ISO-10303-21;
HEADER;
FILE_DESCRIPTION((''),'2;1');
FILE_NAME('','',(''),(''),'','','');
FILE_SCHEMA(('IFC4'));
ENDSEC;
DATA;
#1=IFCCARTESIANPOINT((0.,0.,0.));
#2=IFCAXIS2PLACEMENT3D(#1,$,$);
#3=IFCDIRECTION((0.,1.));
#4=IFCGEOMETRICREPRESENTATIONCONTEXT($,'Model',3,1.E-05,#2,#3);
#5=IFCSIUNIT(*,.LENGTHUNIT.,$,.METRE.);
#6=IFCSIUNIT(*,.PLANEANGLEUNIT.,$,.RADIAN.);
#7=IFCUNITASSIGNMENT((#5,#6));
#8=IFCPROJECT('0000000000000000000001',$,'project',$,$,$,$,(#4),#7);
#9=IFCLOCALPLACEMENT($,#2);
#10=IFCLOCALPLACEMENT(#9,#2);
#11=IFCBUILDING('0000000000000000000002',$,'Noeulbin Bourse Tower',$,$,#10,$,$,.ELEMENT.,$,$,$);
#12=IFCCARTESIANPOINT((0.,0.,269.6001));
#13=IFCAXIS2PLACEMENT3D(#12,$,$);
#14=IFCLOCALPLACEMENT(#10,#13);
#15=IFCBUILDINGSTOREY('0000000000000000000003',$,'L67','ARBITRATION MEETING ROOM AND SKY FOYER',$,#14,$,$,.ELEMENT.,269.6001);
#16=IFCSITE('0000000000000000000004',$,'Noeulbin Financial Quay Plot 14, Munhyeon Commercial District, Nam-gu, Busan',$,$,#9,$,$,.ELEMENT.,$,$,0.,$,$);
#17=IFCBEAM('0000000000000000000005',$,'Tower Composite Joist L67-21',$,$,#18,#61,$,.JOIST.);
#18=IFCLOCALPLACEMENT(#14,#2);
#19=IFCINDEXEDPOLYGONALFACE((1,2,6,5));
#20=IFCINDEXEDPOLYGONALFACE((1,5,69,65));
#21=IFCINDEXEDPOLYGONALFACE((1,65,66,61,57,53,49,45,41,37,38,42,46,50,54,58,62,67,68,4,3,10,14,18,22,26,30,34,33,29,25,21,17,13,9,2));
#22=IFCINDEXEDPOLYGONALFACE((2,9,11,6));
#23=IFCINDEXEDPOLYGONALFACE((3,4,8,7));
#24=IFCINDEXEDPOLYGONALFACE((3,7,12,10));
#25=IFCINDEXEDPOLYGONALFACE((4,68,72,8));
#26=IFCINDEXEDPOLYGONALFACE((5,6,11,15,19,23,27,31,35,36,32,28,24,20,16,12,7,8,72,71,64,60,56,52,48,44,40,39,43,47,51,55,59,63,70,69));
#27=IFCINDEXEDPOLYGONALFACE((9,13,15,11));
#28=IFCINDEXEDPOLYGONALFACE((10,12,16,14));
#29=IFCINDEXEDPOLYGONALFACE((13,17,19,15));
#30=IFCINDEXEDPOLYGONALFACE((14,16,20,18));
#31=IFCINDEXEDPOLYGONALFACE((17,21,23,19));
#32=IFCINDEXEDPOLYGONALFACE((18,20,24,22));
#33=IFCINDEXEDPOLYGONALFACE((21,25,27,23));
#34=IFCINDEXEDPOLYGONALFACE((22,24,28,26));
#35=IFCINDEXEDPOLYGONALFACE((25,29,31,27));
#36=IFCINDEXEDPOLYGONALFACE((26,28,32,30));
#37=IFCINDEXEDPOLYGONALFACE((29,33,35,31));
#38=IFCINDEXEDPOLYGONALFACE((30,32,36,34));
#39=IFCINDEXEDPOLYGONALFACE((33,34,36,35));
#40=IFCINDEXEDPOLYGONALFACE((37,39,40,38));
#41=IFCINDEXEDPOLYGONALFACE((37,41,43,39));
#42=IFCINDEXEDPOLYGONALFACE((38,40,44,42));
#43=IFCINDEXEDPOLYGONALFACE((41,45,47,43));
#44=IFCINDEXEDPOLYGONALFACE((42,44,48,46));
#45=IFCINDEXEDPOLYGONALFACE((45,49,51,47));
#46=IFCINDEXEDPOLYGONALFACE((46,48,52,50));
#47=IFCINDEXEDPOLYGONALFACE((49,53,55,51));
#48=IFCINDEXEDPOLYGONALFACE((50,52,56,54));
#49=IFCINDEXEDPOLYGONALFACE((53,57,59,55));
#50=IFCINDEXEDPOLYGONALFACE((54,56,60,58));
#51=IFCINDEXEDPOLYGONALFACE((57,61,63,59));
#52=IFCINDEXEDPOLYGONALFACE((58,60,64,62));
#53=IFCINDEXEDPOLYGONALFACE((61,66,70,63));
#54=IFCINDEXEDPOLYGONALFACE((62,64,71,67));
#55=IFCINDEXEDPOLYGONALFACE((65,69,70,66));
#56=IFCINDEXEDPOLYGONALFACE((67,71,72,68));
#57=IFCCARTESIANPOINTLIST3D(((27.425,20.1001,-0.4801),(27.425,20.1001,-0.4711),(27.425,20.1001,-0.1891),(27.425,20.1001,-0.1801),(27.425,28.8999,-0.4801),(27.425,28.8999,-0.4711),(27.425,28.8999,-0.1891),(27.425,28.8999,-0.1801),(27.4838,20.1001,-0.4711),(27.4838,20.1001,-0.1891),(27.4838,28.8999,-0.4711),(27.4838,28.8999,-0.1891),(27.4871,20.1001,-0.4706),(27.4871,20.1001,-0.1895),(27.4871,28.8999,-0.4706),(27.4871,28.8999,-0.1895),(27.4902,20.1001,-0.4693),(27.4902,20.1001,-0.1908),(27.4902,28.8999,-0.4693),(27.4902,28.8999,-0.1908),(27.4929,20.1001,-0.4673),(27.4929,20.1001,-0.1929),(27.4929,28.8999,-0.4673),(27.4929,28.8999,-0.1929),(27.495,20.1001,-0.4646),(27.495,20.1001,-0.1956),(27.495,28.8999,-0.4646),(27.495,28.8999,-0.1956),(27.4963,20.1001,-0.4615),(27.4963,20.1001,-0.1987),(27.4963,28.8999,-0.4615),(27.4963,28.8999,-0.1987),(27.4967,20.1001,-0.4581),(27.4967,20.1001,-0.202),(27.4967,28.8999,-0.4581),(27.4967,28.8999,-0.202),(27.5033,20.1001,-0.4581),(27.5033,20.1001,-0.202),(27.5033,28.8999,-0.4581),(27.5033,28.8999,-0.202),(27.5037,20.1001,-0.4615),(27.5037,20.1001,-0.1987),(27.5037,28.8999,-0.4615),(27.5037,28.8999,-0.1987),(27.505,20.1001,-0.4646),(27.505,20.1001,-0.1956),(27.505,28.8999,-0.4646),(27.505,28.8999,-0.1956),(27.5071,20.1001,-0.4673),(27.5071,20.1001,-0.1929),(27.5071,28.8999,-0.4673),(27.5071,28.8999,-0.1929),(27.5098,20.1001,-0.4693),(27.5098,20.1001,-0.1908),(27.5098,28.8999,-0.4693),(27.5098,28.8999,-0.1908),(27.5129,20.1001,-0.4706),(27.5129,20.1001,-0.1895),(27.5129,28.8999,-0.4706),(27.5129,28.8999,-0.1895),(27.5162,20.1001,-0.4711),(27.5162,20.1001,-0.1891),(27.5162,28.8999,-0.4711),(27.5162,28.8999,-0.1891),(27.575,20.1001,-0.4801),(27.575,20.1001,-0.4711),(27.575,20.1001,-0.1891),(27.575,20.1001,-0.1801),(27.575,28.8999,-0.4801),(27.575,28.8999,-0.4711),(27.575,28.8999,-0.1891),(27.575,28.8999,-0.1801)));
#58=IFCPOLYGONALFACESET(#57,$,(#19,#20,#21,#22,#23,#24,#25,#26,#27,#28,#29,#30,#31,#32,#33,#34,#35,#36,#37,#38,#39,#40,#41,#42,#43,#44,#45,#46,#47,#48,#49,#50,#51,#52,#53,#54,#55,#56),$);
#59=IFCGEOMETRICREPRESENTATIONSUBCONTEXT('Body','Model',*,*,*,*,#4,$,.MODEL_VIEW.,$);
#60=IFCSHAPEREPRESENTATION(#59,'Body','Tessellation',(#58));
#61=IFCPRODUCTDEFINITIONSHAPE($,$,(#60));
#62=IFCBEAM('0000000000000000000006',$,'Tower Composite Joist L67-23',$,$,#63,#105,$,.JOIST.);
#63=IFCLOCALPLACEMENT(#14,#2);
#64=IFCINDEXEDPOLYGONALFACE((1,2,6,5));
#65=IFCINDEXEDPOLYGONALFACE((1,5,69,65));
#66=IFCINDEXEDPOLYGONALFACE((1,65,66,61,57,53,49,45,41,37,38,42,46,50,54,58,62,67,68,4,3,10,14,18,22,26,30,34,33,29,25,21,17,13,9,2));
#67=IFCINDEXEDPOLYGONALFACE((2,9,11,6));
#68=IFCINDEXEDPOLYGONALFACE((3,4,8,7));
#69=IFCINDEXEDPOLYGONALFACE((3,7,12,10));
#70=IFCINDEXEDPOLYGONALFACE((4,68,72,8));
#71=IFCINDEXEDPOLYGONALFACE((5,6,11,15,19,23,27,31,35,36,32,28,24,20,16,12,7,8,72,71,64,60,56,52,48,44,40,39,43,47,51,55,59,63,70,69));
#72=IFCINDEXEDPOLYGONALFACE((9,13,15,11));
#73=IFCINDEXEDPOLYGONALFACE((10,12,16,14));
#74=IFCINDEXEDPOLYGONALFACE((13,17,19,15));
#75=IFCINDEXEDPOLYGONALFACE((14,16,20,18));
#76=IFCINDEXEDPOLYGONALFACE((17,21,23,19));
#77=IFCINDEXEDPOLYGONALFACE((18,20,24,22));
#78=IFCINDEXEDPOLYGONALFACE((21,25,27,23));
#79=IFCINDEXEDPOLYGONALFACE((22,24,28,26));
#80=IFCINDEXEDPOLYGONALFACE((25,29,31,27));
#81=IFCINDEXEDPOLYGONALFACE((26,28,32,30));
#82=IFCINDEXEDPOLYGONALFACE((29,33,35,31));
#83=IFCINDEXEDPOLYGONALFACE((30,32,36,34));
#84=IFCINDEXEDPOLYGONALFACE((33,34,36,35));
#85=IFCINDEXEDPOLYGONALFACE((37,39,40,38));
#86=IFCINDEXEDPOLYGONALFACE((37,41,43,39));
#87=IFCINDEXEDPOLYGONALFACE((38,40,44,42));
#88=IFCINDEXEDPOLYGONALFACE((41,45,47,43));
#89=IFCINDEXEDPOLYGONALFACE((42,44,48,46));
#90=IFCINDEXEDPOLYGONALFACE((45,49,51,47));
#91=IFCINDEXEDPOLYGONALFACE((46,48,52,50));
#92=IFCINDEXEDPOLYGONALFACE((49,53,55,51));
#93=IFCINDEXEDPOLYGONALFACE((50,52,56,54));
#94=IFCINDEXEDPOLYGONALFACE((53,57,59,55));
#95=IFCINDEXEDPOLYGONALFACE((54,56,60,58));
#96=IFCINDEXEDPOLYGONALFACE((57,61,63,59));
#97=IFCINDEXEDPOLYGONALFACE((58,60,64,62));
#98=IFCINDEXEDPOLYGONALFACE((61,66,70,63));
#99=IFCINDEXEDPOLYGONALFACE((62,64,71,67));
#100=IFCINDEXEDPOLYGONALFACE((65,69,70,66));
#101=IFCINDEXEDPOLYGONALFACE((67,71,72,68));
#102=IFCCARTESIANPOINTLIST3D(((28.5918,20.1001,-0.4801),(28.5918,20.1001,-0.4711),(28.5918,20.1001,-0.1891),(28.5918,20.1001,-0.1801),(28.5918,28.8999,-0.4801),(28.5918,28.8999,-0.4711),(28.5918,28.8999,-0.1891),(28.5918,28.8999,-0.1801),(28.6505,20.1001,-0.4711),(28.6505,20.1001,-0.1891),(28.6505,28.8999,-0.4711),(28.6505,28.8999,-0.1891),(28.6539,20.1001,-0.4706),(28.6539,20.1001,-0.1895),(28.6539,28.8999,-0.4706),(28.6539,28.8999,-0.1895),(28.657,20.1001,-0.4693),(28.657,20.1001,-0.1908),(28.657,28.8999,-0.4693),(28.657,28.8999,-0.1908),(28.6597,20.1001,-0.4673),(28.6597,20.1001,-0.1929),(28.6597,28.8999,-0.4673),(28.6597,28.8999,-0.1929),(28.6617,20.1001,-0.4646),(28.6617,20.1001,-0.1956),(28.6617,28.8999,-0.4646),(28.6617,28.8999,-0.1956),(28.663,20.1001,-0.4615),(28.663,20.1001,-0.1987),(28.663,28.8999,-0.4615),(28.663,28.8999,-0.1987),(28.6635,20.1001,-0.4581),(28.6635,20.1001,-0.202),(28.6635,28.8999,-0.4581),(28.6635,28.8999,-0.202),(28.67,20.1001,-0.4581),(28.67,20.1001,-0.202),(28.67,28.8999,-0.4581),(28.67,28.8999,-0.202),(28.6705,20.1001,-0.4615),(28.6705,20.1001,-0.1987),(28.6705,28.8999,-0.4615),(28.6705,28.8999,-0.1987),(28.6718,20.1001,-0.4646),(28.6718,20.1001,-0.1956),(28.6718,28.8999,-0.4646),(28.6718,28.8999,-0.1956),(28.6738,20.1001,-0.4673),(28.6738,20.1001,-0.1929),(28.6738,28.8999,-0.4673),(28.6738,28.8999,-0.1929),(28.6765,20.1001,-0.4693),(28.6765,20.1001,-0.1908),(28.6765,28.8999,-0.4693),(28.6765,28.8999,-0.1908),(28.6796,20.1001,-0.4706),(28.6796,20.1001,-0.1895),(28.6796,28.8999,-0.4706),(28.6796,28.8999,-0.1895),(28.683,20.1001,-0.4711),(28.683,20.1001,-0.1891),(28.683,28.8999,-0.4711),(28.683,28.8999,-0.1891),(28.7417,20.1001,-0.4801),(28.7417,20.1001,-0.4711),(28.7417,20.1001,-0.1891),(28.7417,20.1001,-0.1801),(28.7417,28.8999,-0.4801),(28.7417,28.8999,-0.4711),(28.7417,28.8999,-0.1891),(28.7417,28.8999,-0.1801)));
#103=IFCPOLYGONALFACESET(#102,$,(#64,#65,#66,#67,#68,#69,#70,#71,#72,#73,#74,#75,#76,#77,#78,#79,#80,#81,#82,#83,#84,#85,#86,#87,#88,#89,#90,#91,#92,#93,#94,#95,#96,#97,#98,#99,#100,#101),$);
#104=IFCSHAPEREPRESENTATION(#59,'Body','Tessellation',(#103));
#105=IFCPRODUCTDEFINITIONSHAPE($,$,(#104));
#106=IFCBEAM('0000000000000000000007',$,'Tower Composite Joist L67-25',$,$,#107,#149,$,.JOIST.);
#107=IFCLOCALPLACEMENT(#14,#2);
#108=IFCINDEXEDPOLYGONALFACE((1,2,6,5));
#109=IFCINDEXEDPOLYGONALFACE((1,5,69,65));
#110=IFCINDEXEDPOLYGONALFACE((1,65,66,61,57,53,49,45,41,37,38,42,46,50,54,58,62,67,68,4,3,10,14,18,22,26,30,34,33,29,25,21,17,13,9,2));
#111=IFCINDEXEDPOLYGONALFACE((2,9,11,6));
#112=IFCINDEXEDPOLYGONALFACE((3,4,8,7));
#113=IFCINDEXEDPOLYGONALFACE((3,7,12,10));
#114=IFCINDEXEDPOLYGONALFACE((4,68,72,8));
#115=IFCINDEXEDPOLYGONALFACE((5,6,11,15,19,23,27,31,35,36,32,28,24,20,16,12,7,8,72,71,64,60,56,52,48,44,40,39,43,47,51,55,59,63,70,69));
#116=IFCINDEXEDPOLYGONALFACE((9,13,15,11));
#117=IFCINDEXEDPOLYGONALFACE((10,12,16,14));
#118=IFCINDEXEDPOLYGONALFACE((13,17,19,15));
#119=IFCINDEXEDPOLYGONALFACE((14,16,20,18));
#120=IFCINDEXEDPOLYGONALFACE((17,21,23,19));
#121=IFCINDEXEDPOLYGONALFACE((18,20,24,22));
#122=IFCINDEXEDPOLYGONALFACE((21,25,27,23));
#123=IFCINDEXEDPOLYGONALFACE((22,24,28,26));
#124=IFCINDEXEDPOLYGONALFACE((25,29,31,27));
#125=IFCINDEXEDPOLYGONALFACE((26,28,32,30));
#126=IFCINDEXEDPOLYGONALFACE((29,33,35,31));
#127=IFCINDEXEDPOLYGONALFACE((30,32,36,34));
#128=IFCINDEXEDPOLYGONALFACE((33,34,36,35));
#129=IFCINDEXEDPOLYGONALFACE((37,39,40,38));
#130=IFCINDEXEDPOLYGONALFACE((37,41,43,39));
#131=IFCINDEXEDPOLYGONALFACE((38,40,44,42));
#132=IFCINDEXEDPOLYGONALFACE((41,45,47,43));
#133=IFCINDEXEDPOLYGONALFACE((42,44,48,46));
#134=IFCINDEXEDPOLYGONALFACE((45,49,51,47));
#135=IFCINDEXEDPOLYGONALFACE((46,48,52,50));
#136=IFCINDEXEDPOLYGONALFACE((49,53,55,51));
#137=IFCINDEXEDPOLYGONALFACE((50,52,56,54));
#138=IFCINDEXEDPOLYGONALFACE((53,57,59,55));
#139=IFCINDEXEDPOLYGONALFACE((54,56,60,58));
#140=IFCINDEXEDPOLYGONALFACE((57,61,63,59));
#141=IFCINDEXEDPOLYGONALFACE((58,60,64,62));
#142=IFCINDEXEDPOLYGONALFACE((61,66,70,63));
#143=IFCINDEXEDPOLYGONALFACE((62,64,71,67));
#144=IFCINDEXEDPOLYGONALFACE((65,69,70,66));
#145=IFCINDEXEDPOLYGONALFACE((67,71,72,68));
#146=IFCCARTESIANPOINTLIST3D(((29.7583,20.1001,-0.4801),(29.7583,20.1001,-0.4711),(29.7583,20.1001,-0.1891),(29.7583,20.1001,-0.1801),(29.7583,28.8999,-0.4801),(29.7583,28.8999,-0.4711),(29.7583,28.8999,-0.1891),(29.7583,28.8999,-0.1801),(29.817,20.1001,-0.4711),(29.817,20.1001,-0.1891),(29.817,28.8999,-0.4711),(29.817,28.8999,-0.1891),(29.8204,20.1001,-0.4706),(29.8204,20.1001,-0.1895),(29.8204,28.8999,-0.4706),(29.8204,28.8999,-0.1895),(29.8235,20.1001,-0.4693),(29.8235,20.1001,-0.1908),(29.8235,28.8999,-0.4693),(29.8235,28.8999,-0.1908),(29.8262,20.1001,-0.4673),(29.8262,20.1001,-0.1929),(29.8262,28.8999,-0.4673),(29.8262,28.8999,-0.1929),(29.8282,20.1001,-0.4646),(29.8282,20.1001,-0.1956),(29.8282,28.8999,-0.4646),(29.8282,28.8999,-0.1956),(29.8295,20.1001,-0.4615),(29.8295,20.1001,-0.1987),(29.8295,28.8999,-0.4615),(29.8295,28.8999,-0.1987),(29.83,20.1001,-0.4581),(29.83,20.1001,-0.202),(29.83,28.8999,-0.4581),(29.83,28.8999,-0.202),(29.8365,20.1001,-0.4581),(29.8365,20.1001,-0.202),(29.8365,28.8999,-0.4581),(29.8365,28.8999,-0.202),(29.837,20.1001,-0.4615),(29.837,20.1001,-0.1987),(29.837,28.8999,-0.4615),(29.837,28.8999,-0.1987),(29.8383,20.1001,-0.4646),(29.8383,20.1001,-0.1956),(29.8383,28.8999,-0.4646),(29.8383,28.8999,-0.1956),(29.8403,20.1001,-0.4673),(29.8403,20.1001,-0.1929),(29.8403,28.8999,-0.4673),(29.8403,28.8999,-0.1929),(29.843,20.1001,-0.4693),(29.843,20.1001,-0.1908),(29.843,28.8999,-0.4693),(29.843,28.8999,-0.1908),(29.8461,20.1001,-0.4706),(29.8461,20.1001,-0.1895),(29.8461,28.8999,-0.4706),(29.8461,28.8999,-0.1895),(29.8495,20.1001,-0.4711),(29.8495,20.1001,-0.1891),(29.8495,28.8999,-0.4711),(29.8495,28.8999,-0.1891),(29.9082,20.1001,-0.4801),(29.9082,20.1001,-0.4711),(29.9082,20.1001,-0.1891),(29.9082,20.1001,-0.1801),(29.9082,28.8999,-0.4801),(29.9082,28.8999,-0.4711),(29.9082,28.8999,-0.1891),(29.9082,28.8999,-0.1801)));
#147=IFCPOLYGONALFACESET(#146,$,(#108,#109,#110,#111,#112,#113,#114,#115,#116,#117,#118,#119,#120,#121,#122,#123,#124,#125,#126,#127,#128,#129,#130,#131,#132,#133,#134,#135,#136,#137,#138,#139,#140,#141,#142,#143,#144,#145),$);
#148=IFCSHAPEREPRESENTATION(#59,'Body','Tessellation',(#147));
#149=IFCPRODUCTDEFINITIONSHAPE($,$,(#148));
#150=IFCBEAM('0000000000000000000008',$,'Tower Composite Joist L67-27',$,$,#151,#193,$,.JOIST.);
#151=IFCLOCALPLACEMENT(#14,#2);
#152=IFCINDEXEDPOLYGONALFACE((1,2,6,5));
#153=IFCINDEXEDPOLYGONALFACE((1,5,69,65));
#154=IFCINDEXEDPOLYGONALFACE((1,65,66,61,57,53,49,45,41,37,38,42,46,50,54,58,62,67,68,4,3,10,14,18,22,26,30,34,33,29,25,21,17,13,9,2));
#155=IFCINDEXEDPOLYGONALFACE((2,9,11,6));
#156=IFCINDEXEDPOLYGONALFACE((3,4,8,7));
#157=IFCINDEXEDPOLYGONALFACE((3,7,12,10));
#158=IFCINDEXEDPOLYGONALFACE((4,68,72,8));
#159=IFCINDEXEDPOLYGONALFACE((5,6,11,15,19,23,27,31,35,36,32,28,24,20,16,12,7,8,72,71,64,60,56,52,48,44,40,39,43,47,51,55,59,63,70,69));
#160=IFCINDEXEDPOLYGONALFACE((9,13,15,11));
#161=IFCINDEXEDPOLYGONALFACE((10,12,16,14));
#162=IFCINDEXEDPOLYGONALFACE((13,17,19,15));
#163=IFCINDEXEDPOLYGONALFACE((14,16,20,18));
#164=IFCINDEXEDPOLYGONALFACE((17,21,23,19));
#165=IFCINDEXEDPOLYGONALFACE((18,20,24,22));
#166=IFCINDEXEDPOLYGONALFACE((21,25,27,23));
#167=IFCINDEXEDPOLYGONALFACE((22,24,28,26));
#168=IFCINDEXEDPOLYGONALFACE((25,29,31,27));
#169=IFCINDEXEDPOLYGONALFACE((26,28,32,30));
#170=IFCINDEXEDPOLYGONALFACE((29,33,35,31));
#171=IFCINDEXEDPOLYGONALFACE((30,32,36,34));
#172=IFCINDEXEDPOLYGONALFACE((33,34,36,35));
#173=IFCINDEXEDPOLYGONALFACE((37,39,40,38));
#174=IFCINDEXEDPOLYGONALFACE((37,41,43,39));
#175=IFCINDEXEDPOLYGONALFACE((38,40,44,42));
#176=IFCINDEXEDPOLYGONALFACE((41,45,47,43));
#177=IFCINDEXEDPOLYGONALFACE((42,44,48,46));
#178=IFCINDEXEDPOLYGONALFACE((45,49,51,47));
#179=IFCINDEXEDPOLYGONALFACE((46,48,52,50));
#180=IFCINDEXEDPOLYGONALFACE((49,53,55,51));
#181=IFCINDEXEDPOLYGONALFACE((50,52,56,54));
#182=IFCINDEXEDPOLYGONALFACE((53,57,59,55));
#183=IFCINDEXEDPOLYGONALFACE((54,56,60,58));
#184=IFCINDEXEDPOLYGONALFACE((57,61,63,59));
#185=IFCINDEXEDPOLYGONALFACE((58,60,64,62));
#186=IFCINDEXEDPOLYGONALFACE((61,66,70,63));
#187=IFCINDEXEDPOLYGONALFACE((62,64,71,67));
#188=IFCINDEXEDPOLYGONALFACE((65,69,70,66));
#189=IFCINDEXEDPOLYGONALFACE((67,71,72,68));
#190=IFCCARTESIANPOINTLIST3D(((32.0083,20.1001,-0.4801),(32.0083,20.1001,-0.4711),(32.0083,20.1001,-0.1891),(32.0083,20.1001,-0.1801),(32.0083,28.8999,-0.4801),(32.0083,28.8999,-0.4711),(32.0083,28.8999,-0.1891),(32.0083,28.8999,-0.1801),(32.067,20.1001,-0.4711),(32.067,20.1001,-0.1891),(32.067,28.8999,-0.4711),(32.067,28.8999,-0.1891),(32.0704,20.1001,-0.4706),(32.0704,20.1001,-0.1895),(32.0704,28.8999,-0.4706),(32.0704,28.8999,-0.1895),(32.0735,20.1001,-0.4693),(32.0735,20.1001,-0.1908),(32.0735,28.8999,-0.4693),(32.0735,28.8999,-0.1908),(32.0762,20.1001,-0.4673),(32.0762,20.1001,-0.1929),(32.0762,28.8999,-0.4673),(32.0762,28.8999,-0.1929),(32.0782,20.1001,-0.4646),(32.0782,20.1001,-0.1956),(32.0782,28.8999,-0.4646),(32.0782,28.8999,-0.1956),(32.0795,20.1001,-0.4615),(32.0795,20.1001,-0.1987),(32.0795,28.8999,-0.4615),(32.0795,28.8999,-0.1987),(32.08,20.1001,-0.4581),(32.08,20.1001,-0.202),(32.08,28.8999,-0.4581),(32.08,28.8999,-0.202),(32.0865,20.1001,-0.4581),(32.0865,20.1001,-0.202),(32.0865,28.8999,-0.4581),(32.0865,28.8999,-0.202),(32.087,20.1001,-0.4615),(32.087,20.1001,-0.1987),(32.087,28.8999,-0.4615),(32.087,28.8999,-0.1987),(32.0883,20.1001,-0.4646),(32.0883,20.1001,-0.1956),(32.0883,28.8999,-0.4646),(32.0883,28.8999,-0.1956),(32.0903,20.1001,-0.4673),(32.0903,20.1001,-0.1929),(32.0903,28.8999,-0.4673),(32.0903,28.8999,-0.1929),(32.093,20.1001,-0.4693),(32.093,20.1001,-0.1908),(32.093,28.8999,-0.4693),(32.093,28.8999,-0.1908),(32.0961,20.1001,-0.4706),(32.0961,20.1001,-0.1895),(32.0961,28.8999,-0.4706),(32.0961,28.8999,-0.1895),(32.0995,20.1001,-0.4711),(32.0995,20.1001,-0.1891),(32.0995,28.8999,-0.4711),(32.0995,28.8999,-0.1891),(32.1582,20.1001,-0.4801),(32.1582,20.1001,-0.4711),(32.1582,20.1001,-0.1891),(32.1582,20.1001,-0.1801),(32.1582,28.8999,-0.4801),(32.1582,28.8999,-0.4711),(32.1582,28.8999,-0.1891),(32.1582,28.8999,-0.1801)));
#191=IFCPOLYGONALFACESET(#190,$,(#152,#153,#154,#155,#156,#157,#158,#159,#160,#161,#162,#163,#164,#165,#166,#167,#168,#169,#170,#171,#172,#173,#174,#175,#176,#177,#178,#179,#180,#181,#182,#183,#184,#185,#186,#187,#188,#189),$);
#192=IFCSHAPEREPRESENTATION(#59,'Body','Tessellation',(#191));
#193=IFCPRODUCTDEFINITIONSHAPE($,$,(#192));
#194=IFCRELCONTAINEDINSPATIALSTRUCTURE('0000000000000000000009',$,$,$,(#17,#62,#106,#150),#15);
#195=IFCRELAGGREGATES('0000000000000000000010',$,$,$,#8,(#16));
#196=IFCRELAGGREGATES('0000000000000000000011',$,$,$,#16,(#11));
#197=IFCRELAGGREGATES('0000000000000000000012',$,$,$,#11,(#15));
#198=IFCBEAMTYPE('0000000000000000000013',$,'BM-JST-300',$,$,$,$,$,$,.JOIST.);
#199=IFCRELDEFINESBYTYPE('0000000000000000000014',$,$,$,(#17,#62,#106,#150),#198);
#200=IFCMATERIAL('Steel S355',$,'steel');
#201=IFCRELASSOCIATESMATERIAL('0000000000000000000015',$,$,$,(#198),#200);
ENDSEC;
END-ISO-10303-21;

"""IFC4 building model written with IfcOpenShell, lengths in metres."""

from ifc_helpers import new_model, si_unit, direction, frame, origin, origin_2d, place, context, subcontext, project, spatial, i_section, extrude, material, material_profile, profile_set, type_object, element, save


model = new_model("IFC4")

# Units and contexts
model_context = context("Model", 3, precision=1e-05, world=origin(), true_north=direction((0.0, 1.0)))
body_context = subcontext(model_context, "Body", "Model", "MODEL_VIEW")
ifc_project = project(units=[si_unit("LENGTHUNIT", "METRE"), si_unit("PLANEANGLEUNIT", "RADIAN")], contexts=[model_context])

# Site, building, storey
site_placement = place(None, origin())
site = spatial("IfcSite", under=ifc_project, at=site_placement, Name="Noeulbin Financial Quay Plot 14, Munhyeon Commercial District, Nam-gu, Busan", CompositionType="ELEMENT", RefElevation=0.0)
building_placement = place(site_placement, origin())
building = spatial("IfcBuilding", under=site, at=building_placement, Name="Noeulbin Bourse Tower", CompositionType="ELEMENT")
storey_placement = place(building_placement, frame((0.0, 0.0, 269.6001)))
storey = spatial("IfcBuildingStorey", under=building, at=storey_placement, Name="L67", Description="ARBITRATION MEETING ROOM AND SKY FOYER", CompositionType="ELEMENT", Elevation=269.6001)

# Shared definitions
ifc_material_1 = material(Name="Steel S355", Category="steel")

# Beams
ifc_material_profile_1 = material_profile(ifc_material_1, i_section(OverallWidth=0.1499, OverallDepth=0.3, WebThickness=0.0066, FlangeThickness=0.009, FilletRadius=0.0129, at=origin_2d()), Name="H-300x150x6.5x9", Category="LoadBearing")
ifc_profile_set_1 = profile_set([ifc_material_profile_1], Name="Steel S355")
beam_type_1 = type_object("IfcBeamType", Name="BM-JST-300", PredefinedType="JOIST", material=ifc_profile_set_1)
for number, where, z_axis, x_axis, name in (
    (1, (27.5, 20.1001, -0.3301), (0.0, 1.0, 0.0), (-1.0, 0.0, 0.0), "Tower Composite Joist L67-21"),
    (2, (28.6667, 20.1001, -0.3301), (0.0, 1.0, 0.0), (-1.0, 0.0, 0.0), "Tower Composite Joist L67-23"),
    (3, (29.8333, 20.1001, -0.3301), (0.0, 1.0, 0.0), (-1.0, 0.0, 0.0), "Tower Composite Joist L67-25"),
    (4, (32.0833, 20.1001, -0.3301), (0.0, 1.0, 0.0), (-1.0, 0.0, 0.0), "Tower Composite Joist L67-27"),
):
    element("IfcBeam", number, at=place(storey_placement, frame(where, z_axis=z_axis, x_axis=x_axis)), inside=storey, type_object=beam_type_1, Name=name, PredefinedType="JOIST", context=body_context, shape_type="SweptSolid", body=[
        extrude(i_section(OverallWidth=0.1499, OverallDepth=0.3, WebThickness=0.0066, FlangeThickness=0.009, FilletRadius=0.0129, at=origin_2d()), origin(), (0.0, 0.0, 1.0), 8.7998),
    ])

save(model, "model.ifc")
